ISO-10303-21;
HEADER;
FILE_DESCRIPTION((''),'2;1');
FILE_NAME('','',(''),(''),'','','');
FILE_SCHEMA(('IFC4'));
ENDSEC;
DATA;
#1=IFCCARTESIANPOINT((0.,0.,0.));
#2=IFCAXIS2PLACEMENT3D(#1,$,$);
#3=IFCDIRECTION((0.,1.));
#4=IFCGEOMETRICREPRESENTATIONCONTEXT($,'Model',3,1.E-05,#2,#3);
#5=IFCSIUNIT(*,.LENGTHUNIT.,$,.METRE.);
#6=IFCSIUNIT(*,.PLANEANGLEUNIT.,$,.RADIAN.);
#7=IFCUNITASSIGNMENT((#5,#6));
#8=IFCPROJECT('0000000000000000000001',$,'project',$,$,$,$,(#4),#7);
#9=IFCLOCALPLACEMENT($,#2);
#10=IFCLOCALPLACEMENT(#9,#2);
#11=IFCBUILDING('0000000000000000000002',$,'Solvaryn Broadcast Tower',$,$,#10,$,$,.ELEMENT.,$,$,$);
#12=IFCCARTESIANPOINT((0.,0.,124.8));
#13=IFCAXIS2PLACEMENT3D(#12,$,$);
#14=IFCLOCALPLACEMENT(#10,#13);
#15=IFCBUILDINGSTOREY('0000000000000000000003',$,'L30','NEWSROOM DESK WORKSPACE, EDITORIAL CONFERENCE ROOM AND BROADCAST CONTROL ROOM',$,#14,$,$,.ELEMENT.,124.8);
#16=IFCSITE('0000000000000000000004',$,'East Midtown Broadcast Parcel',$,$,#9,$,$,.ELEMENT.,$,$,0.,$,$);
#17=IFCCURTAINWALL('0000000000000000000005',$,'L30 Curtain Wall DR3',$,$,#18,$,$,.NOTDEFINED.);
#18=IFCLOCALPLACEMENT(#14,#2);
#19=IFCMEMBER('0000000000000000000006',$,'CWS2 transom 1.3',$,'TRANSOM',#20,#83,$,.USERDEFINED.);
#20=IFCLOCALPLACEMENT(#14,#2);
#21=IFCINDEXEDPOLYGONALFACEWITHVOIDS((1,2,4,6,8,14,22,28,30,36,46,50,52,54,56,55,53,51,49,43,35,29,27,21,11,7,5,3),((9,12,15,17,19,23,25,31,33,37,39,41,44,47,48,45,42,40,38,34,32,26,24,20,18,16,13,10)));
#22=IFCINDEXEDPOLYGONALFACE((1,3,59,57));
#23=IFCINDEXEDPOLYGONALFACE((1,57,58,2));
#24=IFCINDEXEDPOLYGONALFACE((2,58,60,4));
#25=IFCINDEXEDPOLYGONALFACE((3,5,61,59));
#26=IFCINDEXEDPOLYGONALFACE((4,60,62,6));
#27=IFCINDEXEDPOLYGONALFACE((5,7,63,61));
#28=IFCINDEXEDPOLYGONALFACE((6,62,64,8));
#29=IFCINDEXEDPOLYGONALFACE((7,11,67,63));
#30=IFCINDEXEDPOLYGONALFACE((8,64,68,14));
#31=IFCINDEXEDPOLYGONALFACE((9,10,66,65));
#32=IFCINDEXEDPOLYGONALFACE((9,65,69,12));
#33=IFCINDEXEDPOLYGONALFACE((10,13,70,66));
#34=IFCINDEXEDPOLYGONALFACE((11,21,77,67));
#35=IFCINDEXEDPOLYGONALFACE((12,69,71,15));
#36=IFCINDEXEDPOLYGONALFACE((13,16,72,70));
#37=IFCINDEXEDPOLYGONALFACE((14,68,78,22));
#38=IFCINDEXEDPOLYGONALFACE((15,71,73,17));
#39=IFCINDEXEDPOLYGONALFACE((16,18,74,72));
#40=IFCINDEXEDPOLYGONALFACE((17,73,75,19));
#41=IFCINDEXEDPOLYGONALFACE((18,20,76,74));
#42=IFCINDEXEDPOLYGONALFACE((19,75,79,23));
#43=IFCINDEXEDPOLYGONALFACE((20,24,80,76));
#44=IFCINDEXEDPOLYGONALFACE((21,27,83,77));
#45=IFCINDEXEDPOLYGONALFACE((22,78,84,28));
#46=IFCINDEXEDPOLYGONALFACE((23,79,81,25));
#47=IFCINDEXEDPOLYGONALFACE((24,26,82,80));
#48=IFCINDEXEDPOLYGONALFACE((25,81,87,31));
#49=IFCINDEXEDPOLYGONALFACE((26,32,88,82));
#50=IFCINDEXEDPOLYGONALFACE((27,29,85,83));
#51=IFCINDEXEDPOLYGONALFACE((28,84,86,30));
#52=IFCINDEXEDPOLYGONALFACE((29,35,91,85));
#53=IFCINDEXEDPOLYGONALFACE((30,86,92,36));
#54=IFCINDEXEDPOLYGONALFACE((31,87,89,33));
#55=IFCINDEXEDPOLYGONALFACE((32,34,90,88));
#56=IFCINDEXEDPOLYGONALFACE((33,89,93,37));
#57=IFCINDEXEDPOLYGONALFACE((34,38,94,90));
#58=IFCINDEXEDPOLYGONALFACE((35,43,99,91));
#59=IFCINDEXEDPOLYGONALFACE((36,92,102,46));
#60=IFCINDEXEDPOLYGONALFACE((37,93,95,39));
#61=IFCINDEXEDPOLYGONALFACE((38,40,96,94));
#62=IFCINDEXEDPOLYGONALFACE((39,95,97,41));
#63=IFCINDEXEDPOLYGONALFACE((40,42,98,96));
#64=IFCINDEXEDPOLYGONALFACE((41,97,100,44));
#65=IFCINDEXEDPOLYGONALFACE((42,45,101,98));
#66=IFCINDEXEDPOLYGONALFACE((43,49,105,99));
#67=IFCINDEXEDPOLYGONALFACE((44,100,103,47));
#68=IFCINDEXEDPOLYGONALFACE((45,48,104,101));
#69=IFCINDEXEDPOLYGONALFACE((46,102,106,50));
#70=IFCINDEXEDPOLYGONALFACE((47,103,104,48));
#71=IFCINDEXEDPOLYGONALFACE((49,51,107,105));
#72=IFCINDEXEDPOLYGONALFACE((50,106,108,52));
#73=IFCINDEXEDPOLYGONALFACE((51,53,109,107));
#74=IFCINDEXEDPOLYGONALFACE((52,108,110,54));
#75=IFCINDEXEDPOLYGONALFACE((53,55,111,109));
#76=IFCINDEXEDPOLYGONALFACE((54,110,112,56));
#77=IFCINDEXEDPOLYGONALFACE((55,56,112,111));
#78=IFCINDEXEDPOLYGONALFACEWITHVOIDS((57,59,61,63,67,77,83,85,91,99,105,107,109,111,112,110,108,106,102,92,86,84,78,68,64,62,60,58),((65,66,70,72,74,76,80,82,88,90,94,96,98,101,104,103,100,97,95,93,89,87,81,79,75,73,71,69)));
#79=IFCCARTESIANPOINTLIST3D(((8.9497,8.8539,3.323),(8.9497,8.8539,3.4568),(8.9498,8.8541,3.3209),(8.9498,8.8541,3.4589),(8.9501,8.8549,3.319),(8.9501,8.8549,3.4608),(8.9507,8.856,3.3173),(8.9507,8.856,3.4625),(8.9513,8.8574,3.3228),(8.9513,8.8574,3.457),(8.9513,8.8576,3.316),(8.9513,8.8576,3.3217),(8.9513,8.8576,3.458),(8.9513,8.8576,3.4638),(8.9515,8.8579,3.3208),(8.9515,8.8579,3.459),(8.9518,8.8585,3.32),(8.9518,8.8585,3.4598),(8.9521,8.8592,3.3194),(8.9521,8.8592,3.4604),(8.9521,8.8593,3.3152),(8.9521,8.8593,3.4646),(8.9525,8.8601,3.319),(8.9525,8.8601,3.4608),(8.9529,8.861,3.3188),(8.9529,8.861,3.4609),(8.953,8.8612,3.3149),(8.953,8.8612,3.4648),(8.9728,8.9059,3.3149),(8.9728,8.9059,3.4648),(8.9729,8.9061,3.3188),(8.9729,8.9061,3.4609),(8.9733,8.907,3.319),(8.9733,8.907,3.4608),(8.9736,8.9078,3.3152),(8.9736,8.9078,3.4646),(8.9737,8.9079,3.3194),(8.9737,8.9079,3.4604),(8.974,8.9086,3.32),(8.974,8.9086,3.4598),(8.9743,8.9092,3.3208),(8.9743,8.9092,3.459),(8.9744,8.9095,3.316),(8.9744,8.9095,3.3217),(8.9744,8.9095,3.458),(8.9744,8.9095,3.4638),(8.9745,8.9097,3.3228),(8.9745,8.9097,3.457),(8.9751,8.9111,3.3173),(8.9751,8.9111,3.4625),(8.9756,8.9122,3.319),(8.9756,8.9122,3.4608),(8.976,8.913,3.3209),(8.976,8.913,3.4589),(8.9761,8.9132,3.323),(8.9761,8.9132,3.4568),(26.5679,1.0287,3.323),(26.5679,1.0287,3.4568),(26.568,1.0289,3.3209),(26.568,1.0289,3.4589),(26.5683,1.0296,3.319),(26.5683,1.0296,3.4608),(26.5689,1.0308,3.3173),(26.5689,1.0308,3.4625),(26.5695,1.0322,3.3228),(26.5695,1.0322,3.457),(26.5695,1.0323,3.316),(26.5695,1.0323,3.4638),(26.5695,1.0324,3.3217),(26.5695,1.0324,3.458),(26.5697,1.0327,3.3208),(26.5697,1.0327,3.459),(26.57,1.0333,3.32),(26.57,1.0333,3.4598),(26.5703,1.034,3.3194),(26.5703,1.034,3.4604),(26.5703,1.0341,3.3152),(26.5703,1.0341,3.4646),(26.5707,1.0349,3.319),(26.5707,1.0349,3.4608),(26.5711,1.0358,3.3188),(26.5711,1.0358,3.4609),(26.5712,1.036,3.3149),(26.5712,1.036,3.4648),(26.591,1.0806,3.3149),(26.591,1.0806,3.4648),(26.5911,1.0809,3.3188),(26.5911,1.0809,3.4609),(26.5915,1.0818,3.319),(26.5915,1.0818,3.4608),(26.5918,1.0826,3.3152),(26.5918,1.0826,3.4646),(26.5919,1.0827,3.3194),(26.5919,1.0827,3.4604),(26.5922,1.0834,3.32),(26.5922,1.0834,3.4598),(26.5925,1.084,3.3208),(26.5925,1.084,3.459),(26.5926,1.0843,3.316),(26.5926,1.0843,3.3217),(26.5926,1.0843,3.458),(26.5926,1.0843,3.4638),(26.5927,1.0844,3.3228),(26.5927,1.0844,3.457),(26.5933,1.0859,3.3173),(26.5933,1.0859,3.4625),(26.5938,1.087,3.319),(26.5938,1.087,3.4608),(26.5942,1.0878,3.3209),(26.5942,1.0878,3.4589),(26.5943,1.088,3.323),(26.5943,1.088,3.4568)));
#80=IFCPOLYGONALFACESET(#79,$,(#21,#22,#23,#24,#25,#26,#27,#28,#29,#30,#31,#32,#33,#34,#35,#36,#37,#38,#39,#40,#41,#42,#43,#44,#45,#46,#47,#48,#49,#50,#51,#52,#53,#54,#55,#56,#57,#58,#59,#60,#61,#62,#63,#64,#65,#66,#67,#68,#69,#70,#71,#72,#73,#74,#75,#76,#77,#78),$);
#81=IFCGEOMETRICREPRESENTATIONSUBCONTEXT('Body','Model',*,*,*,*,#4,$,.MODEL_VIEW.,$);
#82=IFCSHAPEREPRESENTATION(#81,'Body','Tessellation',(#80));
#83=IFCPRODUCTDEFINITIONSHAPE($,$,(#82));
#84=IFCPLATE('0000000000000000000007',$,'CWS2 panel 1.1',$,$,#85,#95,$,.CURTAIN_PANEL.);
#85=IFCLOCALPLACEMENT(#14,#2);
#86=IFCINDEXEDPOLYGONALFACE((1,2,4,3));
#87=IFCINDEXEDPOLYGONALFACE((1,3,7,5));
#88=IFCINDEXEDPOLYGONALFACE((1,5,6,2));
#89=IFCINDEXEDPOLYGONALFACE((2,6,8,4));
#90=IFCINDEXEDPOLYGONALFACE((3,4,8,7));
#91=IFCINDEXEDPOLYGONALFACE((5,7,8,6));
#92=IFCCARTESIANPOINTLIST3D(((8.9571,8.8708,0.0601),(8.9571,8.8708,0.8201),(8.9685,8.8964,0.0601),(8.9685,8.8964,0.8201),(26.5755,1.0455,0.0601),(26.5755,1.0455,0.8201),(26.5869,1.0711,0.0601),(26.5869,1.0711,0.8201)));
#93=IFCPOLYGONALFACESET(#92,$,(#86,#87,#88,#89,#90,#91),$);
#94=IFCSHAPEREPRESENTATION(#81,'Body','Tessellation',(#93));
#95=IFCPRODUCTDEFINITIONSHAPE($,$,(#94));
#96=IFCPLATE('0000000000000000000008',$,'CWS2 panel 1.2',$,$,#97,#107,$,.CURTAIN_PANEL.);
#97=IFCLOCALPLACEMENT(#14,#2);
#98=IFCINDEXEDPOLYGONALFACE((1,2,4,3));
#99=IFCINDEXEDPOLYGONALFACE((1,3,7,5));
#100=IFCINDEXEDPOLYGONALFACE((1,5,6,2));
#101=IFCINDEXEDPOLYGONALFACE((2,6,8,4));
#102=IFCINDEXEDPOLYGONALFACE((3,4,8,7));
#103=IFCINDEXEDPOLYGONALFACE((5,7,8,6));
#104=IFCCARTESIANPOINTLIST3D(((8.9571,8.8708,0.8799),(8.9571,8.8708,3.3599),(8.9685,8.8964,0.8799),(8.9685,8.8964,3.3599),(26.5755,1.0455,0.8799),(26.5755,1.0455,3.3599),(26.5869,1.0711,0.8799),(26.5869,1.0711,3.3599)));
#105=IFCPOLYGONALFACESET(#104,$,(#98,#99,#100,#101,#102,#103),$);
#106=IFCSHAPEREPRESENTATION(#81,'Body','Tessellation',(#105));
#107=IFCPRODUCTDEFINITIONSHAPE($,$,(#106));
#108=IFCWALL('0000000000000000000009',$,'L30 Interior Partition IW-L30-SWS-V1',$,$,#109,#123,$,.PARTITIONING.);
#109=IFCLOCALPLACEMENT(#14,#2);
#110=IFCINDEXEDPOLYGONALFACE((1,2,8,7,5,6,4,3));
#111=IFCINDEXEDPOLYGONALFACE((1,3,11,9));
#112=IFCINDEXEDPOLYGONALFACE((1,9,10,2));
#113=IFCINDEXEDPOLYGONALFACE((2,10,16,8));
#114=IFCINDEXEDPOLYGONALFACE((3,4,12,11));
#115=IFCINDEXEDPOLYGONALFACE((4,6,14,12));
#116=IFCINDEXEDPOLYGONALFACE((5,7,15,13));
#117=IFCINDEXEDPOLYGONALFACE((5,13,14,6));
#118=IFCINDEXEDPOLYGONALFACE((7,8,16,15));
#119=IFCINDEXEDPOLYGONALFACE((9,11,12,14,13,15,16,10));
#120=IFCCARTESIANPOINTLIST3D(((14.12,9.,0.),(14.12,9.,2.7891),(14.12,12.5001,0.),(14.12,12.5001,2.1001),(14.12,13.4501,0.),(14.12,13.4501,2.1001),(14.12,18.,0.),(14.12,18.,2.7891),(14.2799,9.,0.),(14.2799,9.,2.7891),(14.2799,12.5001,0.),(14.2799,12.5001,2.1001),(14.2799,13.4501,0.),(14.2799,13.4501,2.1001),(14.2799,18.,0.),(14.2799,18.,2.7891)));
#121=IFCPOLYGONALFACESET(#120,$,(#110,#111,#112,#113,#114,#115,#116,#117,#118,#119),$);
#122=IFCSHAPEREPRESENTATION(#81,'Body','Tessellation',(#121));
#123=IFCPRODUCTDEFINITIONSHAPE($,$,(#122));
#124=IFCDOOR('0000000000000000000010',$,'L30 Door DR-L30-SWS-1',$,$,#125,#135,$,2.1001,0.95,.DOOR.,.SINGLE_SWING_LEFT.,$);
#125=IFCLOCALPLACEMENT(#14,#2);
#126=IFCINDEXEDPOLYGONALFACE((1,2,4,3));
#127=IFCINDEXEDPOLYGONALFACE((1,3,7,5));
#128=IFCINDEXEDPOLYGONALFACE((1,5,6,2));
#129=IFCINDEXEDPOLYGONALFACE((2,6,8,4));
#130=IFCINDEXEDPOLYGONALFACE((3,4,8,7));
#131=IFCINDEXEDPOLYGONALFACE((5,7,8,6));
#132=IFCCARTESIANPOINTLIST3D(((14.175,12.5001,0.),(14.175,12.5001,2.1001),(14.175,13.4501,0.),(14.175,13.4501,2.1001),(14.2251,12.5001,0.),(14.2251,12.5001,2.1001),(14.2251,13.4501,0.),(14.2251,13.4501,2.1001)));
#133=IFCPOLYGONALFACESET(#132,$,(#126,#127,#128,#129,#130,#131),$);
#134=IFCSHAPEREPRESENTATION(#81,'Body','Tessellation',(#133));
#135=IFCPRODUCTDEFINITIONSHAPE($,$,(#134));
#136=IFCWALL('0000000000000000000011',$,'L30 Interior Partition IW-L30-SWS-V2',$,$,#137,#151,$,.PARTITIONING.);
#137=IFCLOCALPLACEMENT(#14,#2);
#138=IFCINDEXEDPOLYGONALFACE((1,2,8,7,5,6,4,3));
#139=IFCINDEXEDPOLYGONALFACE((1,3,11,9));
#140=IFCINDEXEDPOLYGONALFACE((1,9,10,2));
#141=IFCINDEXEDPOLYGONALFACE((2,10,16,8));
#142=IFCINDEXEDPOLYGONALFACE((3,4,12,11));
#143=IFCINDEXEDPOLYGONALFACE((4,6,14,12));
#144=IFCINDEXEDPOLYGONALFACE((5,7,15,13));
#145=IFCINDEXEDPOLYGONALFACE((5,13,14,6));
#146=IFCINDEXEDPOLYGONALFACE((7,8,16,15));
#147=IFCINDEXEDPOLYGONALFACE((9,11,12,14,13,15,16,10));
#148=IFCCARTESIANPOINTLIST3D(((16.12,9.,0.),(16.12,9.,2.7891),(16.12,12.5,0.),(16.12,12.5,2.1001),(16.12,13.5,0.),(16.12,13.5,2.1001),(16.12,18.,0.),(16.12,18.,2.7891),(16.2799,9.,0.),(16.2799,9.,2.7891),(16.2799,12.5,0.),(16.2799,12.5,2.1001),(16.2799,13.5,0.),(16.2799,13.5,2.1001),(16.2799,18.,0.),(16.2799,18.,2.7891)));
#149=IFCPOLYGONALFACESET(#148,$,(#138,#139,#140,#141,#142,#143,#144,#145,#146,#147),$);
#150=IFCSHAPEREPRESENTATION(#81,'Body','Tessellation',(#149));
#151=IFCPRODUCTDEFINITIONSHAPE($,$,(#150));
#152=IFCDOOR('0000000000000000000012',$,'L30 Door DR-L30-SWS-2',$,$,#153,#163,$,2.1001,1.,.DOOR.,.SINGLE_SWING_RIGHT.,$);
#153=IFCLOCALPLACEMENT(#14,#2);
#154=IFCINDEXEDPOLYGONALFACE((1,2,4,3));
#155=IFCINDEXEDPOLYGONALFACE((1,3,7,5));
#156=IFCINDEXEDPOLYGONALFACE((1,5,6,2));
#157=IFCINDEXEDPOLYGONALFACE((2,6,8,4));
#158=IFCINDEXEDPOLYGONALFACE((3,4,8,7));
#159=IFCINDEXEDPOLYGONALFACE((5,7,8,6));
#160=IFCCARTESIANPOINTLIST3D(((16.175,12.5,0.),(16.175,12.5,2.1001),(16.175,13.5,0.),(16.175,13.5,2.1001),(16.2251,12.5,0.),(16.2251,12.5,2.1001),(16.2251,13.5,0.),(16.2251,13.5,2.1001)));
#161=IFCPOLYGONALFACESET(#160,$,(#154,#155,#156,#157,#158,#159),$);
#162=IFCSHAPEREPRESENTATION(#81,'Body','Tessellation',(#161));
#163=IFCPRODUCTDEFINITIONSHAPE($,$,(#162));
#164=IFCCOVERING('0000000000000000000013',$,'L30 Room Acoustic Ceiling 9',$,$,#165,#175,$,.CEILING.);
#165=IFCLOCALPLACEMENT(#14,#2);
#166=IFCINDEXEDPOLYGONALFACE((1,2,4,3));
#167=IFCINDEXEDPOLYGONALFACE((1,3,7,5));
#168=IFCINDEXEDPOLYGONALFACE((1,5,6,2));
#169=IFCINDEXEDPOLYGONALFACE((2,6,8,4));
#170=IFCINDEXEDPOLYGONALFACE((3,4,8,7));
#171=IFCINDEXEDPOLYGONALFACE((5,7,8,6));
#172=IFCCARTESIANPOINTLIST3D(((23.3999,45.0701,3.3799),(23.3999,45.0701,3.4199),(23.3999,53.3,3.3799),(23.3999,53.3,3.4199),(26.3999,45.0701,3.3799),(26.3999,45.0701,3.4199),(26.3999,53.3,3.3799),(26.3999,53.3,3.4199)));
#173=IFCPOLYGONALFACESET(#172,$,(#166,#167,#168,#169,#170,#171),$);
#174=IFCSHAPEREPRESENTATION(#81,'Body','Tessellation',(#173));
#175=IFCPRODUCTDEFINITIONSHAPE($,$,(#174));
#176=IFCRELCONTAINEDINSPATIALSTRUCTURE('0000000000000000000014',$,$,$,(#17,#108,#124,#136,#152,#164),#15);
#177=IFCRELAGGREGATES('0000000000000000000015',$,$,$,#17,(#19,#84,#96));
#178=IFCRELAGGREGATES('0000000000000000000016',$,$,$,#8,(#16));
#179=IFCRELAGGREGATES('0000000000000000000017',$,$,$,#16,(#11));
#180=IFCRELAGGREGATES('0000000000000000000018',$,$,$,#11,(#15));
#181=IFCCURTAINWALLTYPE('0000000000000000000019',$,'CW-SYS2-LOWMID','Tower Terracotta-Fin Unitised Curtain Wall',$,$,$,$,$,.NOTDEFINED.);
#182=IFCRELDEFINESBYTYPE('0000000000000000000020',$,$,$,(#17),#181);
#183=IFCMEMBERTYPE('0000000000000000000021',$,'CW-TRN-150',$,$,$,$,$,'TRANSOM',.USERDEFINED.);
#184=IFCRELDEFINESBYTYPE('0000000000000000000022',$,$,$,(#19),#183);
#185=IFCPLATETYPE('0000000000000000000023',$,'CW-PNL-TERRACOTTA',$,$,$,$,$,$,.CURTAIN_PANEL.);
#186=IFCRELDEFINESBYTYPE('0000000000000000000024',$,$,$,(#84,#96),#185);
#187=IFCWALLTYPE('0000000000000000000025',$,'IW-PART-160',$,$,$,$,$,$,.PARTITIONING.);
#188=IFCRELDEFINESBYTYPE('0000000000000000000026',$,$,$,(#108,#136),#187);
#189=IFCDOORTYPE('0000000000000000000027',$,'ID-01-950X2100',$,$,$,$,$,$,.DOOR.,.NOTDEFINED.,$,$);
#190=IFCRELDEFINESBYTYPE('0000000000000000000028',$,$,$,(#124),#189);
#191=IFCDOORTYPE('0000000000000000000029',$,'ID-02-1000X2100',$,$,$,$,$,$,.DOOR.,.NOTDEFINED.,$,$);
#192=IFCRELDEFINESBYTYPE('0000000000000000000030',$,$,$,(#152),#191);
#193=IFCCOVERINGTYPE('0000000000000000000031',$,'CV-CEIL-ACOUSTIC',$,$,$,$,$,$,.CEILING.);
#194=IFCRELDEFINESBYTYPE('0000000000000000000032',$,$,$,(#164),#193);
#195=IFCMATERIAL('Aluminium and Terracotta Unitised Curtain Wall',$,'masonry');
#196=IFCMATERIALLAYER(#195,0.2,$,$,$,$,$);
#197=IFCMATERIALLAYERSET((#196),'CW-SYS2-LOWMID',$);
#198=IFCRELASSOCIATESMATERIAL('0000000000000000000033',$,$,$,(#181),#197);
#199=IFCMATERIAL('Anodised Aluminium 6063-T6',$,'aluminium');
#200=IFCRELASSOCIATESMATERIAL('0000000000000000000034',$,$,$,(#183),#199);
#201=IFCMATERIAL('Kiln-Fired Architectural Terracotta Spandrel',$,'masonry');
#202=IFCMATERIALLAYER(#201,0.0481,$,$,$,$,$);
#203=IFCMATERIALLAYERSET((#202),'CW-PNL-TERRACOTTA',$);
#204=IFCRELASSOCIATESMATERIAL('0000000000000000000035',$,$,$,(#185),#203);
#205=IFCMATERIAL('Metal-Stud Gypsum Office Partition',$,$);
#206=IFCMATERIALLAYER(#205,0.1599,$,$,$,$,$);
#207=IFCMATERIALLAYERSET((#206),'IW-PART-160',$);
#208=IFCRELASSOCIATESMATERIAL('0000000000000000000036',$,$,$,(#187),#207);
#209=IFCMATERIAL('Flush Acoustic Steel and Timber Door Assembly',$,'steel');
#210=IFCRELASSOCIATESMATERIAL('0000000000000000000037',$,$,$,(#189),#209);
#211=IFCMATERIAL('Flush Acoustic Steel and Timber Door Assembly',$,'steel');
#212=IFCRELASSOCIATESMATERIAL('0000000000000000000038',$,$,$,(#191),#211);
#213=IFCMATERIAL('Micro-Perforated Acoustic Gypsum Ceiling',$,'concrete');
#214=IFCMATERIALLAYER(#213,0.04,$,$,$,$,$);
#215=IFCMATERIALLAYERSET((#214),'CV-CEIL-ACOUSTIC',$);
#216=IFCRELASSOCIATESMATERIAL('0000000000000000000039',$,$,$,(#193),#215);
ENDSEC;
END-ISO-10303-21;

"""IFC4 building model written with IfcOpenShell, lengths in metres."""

from ifc_helpers import new_model, si_unit, direction, frame, frame_2d, origin, origin_2d, place, context, subcontext, project, spatial, polyline, rectangle, hollow_rectangle, outline, extrude, material, layer, layer_set, material_profile, profile_set, type_object, element, fill, aggregate, save


model = new_model("IFC4")

# Units and contexts
model_context = context("Model", 3, precision=1e-05, world=origin(), true_north=direction((0.0, 1.0)))
body_context = subcontext(model_context, "Body", "Model", "MODEL_VIEW")
ifc_project = project(units=[si_unit("LENGTHUNIT", "METRE"), si_unit("PLANEANGLEUNIT", "RADIAN")], contexts=[model_context])

# Site, building, storey
site_placement = place(None, origin())
site = spatial("IfcSite", under=ifc_project, at=site_placement, Name="East Midtown Broadcast Parcel", CompositionType="ELEMENT", RefElevation=0.0)
building_placement = place(site_placement, origin())
building = spatial("IfcBuilding", under=site, at=building_placement, Name="Solvaryn Broadcast Tower", CompositionType="ELEMENT")
storey_placement = place(building_placement, frame((0.0, 0.0, 124.8)))
storey = spatial("IfcBuildingStorey", under=building, at=storey_placement, Name="L30", Description="NEWSROOM DESK WORKSPACE, EDITORIAL CONFERENCE ROOM AND BROADCAST CONTROL ROOM", CompositionType="ELEMENT", Elevation=124.8)

# Shared definitions
ifc_material_1 = material(Name="Aluminium and Terracotta Unitised Curtain Wall", Category="masonry")
ifc_layer_1 = layer(ifc_material_1, 0.2)
ifc_layer_set_1 = layer_set([ifc_layer_1], Name="CW-SYS2-LOWMID")
curtain_wall_type = type_object("IfcCurtainWallType", Name="CW-SYS2-LOWMID", Description="Tower Terracotta-Fin Unitised Curtain Wall", PredefinedType="NOTDEFINED", material=ifc_layer_set_1)

# Curtain wall, member, plates
curtain_wall_1_placement = place(storey_placement, origin())
curtain_wall_1 = element("IfcCurtainWall", 1, at=curtain_wall_1_placement, inside=storey, type_object=curtain_wall_type, Name="L30 Curtain Wall DR3", PredefinedType="NOTDEFINED")
ifc_material_2 = material(Name="Anodised Aluminium 6063-T6", Category="aluminium")
ifc_material_profile_1 = material_profile(ifc_material_2, hollow_rectangle(XDim=0.0649, YDim=0.1499, WallThickness=0.0039, InnerFilletRadius=0.0039, OuterFilletRadius=0.0081, at=origin_2d()))
ifc_profile_set_1 = profile_set([ifc_material_profile_1], Name="Anodised Aluminium 6063-T6")
member_type_1 = type_object("IfcMemberType", Name="CW-TRN-150", ElementType="TRANSOM", PredefinedType="USERDEFINED", material=ifc_profile_set_1)
member_1_placement = place(storey_placement, frame((8.9629, 8.8835, 3.3899), z_axis=(0.91391, -0.405918, 0.0), x_axis=(0.405918, 0.91391, 0.0)))
member_1 = element("IfcMember", 2, at=member_1_placement, type_object=member_type_1, Name="CWS2 transom 1.3", ObjectType="TRANSOM", PredefinedType="USERDEFINED", context=body_context, shape_type="SweptSolid", body=[
    extrude(hollow_rectangle(XDim=0.0649, YDim=0.1499, WallThickness=0.0039, InnerFilletRadius=0.0039, OuterFilletRadius=0.0081, at=origin_2d()), origin(), (0.0, 0.0, 1.0), 19.2778),
])
ifc_material_3 = material(Name="Kiln-Fired Architectural Terracotta Spandrel", Category="masonry")
ifc_layer_2 = layer(ifc_material_3, 0.0481)
ifc_layer_set_2 = layer_set([ifc_layer_2], Name="CW-PNL-TERRACOTTA")
plate_type = type_object("IfcPlateType", Name="CW-PNL-TERRACOTTA", PredefinedType="CURTAIN_PANEL", material=ifc_layer_set_2)
plate_1_placement = place(storey_placement, frame((17.772, 4.9709, 0.0601), z_axis=(0.0, 0.0, 1.0), x_axis=(0.913909, -0.405918, 0.0)))
plate_1 = element("IfcPlate", 3, at=plate_1_placement, type_object=plate_type, Name="CWS2 panel 1.1", PredefinedType="CURTAIN_PANEL", context=body_context, shape_type="SweptSolid", body=[
    extrude(rectangle(XDim=19.2781, YDim=0.0281, at=origin_2d()), origin(), (0.0, 0.0, 1.0), 0.76),
])
plate_2_placement = place(storey_placement, frame((17.772, 4.9709, 0.8799), z_axis=(0.0, 0.0, 1.0), x_axis=(0.913909, -0.405918, 0.0)))
plate_2 = element("IfcPlate", 4, at=plate_2_placement, type_object=plate_type, Name="CWS2 panel 1.2", PredefinedType="CURTAIN_PANEL", context=body_context, shape_type="SweptSolid", body=[
    extrude(rectangle(XDim=19.2781, YDim=0.0281, at=origin_2d()), origin(), (0.0, 0.0, 1.0), 2.48),
])
aggregate(curtain_wall_1, [member_1, plate_1, plate_2])

# Walls, openings, doors
ifc_material_4 = material(Name="Metal-Stud Gypsum Office Partition")
ifc_layer_3 = layer(ifc_material_4, 0.1599)
ifc_layer_set_3 = layer_set([ifc_layer_3], Name="IW-PART-160")
wall_type = type_object("IfcWallType", Name="IW-PART-160", PredefinedType="PARTITIONING", material=ifc_layer_set_3)
wall_1_placement = place(storey_placement, frame((14.2, 9.0, 0.0), z_axis=(0.0, 0.0, 1.0), x_axis=(0.0, 1.0, 0.0)))
wall_1 = element("IfcWall", 5, at=wall_1_placement, inside=storey, type_object=wall_type, Name="L30 Interior Partition IW-L30-SWS-V1", PredefinedType="PARTITIONING", context=body_context, shape_type="SweptSolid", body=[
    extrude(rectangle(XDim=9.0, YDim=0.1599, at=frame_2d((4.5, 0.0))), origin(), (0.0, 0.0, 1.0), 2.7891),
])
opening_1_placement = place(wall_1_placement, frame((3.5, 0.0, 0.0)))
opening_1 = element("IfcOpeningElement", 6, at=opening_1_placement, cuts=wall_1, PredefinedType="OPENING", context=body_context, shape_type="SweptSolid", body=[
    extrude(rectangle(XDim=0.95, YDim=2.1001, at=frame_2d((0.4751, 1.05))), frame((0.0, 0.0901, 0.0), z_axis=(0.0, -1.0, 0.0), x_axis=(1.0, 0.0, 0.0)), (0.0, 0.0, 1.0), 0.1799),
])
ifc_material_5 = material(Name="Flush Acoustic Steel and Timber Door Assembly", Category="steel")
door_type_1 = type_object("IfcDoorType", Name="ID-01-950X2100", OperationType="NOTDEFINED", PredefinedType="DOOR", material=ifc_material_5)
door_1_placement = place(opening_1_placement, origin())
door_1 = element("IfcDoor", 7, at=door_1_placement, inside=storey, type_object=door_type_1, Name="L30 Door DR-L30-SWS-1", OperationType="SINGLE_SWING_LEFT", OverallHeight=2.1001, OverallWidth=0.95, PredefinedType="DOOR", context=body_context, shape_type="SweptSolid", body=[
    extrude(rectangle(XDim=0.95, YDim=2.1001, at=frame_2d((0.4751, 1.05))), frame((0.0, 0.0249, 0.0), z_axis=(0.0, -1.0, 0.0), x_axis=(1.0, 0.0, 0.0)), (0.0, 0.0, 1.0), 0.05),
])
fill(opening_1, door_1)
wall_2_placement = place(storey_placement, frame((16.2, 9.0, 0.0), z_axis=(0.0, 0.0, 1.0), x_axis=(0.0, 1.0, 0.0)))
wall_2 = element("IfcWall", 8, at=wall_2_placement, inside=storey, type_object=wall_type, Name="L30 Interior Partition IW-L30-SWS-V2", PredefinedType="PARTITIONING", context=body_context, shape_type="SweptSolid", body=[
    extrude(rectangle(XDim=9.0, YDim=0.1599, at=frame_2d((4.5, 0.0))), origin(), (0.0, 0.0, 1.0), 2.7891),
])
opening_2_placement = place(wall_2_placement, frame((3.5, 0.0, 0.0)))
opening_2 = element("IfcOpeningElement", 9, at=opening_2_placement, cuts=wall_2, PredefinedType="OPENING", context=body_context, shape_type="SweptSolid", body=[
    extrude(rectangle(XDim=1.0, YDim=2.1001, at=frame_2d((0.5, 1.05))), frame((0.0, 0.0901, 0.0), z_axis=(0.0, -1.0, 0.0), x_axis=(1.0, 0.0, 0.0)), (0.0, 0.0, 1.0), 0.1799),
])
ifc_material_6 = material(Name="Flush Acoustic Steel and Timber Door Assembly", Category="steel")
door_type_2 = type_object("IfcDoorType", Name="ID-02-1000X2100", OperationType="NOTDEFINED", PredefinedType="DOOR", material=ifc_material_6)
door_2_placement = place(opening_2_placement, origin())
door_2 = element("IfcDoor", 10, at=door_2_placement, inside=storey, type_object=door_type_2, Name="L30 Door DR-L30-SWS-2", OperationType="SINGLE_SWING_RIGHT", OverallHeight=2.1001, OverallWidth=1.0, PredefinedType="DOOR", context=body_context, shape_type="SweptSolid", body=[
    extrude(rectangle(XDim=1.0, YDim=2.1001, at=frame_2d((0.5, 1.05))), frame((0.0, 0.0249, 0.0), z_axis=(0.0, -1.0, 0.0), x_axis=(1.0, 0.0, 0.0)), (0.0, 0.0, 1.0), 0.05),
])
fill(opening_2, door_2)

# Covering
ifc_material_7 = material(Name="Micro-Perforated Acoustic Gypsum Ceiling", Category="concrete")
ifc_layer_4 = layer(ifc_material_7, 0.04)
ifc_layer_set_4 = layer_set([ifc_layer_4], Name="CV-CEIL-ACOUSTIC")
covering_type_1 = type_object("IfcCoveringType", Name="CV-CEIL-ACOUSTIC", PredefinedType="CEILING", material=ifc_layer_set_4)
covering_1_placement = place(storey_placement, frame((0.0, 0.0, 3.3799)))
element("IfcCovering", 11, at=covering_1_placement, inside=storey, type_object=covering_type_1, Name="L30 Room Acoustic Ceiling 9", PredefinedType="CEILING", context=body_context, shape_type="SweptSolid", body=[
    extrude(outline(polyline([(23.3999, 45.0701), (26.3999, 45.0701), (26.3999, 53.3), (23.3999, 53.3), (23.3999, 45.0701)])), origin(), (0.0, 0.0, 1.0), 0.04),
])

save(model, "model.ifc")
